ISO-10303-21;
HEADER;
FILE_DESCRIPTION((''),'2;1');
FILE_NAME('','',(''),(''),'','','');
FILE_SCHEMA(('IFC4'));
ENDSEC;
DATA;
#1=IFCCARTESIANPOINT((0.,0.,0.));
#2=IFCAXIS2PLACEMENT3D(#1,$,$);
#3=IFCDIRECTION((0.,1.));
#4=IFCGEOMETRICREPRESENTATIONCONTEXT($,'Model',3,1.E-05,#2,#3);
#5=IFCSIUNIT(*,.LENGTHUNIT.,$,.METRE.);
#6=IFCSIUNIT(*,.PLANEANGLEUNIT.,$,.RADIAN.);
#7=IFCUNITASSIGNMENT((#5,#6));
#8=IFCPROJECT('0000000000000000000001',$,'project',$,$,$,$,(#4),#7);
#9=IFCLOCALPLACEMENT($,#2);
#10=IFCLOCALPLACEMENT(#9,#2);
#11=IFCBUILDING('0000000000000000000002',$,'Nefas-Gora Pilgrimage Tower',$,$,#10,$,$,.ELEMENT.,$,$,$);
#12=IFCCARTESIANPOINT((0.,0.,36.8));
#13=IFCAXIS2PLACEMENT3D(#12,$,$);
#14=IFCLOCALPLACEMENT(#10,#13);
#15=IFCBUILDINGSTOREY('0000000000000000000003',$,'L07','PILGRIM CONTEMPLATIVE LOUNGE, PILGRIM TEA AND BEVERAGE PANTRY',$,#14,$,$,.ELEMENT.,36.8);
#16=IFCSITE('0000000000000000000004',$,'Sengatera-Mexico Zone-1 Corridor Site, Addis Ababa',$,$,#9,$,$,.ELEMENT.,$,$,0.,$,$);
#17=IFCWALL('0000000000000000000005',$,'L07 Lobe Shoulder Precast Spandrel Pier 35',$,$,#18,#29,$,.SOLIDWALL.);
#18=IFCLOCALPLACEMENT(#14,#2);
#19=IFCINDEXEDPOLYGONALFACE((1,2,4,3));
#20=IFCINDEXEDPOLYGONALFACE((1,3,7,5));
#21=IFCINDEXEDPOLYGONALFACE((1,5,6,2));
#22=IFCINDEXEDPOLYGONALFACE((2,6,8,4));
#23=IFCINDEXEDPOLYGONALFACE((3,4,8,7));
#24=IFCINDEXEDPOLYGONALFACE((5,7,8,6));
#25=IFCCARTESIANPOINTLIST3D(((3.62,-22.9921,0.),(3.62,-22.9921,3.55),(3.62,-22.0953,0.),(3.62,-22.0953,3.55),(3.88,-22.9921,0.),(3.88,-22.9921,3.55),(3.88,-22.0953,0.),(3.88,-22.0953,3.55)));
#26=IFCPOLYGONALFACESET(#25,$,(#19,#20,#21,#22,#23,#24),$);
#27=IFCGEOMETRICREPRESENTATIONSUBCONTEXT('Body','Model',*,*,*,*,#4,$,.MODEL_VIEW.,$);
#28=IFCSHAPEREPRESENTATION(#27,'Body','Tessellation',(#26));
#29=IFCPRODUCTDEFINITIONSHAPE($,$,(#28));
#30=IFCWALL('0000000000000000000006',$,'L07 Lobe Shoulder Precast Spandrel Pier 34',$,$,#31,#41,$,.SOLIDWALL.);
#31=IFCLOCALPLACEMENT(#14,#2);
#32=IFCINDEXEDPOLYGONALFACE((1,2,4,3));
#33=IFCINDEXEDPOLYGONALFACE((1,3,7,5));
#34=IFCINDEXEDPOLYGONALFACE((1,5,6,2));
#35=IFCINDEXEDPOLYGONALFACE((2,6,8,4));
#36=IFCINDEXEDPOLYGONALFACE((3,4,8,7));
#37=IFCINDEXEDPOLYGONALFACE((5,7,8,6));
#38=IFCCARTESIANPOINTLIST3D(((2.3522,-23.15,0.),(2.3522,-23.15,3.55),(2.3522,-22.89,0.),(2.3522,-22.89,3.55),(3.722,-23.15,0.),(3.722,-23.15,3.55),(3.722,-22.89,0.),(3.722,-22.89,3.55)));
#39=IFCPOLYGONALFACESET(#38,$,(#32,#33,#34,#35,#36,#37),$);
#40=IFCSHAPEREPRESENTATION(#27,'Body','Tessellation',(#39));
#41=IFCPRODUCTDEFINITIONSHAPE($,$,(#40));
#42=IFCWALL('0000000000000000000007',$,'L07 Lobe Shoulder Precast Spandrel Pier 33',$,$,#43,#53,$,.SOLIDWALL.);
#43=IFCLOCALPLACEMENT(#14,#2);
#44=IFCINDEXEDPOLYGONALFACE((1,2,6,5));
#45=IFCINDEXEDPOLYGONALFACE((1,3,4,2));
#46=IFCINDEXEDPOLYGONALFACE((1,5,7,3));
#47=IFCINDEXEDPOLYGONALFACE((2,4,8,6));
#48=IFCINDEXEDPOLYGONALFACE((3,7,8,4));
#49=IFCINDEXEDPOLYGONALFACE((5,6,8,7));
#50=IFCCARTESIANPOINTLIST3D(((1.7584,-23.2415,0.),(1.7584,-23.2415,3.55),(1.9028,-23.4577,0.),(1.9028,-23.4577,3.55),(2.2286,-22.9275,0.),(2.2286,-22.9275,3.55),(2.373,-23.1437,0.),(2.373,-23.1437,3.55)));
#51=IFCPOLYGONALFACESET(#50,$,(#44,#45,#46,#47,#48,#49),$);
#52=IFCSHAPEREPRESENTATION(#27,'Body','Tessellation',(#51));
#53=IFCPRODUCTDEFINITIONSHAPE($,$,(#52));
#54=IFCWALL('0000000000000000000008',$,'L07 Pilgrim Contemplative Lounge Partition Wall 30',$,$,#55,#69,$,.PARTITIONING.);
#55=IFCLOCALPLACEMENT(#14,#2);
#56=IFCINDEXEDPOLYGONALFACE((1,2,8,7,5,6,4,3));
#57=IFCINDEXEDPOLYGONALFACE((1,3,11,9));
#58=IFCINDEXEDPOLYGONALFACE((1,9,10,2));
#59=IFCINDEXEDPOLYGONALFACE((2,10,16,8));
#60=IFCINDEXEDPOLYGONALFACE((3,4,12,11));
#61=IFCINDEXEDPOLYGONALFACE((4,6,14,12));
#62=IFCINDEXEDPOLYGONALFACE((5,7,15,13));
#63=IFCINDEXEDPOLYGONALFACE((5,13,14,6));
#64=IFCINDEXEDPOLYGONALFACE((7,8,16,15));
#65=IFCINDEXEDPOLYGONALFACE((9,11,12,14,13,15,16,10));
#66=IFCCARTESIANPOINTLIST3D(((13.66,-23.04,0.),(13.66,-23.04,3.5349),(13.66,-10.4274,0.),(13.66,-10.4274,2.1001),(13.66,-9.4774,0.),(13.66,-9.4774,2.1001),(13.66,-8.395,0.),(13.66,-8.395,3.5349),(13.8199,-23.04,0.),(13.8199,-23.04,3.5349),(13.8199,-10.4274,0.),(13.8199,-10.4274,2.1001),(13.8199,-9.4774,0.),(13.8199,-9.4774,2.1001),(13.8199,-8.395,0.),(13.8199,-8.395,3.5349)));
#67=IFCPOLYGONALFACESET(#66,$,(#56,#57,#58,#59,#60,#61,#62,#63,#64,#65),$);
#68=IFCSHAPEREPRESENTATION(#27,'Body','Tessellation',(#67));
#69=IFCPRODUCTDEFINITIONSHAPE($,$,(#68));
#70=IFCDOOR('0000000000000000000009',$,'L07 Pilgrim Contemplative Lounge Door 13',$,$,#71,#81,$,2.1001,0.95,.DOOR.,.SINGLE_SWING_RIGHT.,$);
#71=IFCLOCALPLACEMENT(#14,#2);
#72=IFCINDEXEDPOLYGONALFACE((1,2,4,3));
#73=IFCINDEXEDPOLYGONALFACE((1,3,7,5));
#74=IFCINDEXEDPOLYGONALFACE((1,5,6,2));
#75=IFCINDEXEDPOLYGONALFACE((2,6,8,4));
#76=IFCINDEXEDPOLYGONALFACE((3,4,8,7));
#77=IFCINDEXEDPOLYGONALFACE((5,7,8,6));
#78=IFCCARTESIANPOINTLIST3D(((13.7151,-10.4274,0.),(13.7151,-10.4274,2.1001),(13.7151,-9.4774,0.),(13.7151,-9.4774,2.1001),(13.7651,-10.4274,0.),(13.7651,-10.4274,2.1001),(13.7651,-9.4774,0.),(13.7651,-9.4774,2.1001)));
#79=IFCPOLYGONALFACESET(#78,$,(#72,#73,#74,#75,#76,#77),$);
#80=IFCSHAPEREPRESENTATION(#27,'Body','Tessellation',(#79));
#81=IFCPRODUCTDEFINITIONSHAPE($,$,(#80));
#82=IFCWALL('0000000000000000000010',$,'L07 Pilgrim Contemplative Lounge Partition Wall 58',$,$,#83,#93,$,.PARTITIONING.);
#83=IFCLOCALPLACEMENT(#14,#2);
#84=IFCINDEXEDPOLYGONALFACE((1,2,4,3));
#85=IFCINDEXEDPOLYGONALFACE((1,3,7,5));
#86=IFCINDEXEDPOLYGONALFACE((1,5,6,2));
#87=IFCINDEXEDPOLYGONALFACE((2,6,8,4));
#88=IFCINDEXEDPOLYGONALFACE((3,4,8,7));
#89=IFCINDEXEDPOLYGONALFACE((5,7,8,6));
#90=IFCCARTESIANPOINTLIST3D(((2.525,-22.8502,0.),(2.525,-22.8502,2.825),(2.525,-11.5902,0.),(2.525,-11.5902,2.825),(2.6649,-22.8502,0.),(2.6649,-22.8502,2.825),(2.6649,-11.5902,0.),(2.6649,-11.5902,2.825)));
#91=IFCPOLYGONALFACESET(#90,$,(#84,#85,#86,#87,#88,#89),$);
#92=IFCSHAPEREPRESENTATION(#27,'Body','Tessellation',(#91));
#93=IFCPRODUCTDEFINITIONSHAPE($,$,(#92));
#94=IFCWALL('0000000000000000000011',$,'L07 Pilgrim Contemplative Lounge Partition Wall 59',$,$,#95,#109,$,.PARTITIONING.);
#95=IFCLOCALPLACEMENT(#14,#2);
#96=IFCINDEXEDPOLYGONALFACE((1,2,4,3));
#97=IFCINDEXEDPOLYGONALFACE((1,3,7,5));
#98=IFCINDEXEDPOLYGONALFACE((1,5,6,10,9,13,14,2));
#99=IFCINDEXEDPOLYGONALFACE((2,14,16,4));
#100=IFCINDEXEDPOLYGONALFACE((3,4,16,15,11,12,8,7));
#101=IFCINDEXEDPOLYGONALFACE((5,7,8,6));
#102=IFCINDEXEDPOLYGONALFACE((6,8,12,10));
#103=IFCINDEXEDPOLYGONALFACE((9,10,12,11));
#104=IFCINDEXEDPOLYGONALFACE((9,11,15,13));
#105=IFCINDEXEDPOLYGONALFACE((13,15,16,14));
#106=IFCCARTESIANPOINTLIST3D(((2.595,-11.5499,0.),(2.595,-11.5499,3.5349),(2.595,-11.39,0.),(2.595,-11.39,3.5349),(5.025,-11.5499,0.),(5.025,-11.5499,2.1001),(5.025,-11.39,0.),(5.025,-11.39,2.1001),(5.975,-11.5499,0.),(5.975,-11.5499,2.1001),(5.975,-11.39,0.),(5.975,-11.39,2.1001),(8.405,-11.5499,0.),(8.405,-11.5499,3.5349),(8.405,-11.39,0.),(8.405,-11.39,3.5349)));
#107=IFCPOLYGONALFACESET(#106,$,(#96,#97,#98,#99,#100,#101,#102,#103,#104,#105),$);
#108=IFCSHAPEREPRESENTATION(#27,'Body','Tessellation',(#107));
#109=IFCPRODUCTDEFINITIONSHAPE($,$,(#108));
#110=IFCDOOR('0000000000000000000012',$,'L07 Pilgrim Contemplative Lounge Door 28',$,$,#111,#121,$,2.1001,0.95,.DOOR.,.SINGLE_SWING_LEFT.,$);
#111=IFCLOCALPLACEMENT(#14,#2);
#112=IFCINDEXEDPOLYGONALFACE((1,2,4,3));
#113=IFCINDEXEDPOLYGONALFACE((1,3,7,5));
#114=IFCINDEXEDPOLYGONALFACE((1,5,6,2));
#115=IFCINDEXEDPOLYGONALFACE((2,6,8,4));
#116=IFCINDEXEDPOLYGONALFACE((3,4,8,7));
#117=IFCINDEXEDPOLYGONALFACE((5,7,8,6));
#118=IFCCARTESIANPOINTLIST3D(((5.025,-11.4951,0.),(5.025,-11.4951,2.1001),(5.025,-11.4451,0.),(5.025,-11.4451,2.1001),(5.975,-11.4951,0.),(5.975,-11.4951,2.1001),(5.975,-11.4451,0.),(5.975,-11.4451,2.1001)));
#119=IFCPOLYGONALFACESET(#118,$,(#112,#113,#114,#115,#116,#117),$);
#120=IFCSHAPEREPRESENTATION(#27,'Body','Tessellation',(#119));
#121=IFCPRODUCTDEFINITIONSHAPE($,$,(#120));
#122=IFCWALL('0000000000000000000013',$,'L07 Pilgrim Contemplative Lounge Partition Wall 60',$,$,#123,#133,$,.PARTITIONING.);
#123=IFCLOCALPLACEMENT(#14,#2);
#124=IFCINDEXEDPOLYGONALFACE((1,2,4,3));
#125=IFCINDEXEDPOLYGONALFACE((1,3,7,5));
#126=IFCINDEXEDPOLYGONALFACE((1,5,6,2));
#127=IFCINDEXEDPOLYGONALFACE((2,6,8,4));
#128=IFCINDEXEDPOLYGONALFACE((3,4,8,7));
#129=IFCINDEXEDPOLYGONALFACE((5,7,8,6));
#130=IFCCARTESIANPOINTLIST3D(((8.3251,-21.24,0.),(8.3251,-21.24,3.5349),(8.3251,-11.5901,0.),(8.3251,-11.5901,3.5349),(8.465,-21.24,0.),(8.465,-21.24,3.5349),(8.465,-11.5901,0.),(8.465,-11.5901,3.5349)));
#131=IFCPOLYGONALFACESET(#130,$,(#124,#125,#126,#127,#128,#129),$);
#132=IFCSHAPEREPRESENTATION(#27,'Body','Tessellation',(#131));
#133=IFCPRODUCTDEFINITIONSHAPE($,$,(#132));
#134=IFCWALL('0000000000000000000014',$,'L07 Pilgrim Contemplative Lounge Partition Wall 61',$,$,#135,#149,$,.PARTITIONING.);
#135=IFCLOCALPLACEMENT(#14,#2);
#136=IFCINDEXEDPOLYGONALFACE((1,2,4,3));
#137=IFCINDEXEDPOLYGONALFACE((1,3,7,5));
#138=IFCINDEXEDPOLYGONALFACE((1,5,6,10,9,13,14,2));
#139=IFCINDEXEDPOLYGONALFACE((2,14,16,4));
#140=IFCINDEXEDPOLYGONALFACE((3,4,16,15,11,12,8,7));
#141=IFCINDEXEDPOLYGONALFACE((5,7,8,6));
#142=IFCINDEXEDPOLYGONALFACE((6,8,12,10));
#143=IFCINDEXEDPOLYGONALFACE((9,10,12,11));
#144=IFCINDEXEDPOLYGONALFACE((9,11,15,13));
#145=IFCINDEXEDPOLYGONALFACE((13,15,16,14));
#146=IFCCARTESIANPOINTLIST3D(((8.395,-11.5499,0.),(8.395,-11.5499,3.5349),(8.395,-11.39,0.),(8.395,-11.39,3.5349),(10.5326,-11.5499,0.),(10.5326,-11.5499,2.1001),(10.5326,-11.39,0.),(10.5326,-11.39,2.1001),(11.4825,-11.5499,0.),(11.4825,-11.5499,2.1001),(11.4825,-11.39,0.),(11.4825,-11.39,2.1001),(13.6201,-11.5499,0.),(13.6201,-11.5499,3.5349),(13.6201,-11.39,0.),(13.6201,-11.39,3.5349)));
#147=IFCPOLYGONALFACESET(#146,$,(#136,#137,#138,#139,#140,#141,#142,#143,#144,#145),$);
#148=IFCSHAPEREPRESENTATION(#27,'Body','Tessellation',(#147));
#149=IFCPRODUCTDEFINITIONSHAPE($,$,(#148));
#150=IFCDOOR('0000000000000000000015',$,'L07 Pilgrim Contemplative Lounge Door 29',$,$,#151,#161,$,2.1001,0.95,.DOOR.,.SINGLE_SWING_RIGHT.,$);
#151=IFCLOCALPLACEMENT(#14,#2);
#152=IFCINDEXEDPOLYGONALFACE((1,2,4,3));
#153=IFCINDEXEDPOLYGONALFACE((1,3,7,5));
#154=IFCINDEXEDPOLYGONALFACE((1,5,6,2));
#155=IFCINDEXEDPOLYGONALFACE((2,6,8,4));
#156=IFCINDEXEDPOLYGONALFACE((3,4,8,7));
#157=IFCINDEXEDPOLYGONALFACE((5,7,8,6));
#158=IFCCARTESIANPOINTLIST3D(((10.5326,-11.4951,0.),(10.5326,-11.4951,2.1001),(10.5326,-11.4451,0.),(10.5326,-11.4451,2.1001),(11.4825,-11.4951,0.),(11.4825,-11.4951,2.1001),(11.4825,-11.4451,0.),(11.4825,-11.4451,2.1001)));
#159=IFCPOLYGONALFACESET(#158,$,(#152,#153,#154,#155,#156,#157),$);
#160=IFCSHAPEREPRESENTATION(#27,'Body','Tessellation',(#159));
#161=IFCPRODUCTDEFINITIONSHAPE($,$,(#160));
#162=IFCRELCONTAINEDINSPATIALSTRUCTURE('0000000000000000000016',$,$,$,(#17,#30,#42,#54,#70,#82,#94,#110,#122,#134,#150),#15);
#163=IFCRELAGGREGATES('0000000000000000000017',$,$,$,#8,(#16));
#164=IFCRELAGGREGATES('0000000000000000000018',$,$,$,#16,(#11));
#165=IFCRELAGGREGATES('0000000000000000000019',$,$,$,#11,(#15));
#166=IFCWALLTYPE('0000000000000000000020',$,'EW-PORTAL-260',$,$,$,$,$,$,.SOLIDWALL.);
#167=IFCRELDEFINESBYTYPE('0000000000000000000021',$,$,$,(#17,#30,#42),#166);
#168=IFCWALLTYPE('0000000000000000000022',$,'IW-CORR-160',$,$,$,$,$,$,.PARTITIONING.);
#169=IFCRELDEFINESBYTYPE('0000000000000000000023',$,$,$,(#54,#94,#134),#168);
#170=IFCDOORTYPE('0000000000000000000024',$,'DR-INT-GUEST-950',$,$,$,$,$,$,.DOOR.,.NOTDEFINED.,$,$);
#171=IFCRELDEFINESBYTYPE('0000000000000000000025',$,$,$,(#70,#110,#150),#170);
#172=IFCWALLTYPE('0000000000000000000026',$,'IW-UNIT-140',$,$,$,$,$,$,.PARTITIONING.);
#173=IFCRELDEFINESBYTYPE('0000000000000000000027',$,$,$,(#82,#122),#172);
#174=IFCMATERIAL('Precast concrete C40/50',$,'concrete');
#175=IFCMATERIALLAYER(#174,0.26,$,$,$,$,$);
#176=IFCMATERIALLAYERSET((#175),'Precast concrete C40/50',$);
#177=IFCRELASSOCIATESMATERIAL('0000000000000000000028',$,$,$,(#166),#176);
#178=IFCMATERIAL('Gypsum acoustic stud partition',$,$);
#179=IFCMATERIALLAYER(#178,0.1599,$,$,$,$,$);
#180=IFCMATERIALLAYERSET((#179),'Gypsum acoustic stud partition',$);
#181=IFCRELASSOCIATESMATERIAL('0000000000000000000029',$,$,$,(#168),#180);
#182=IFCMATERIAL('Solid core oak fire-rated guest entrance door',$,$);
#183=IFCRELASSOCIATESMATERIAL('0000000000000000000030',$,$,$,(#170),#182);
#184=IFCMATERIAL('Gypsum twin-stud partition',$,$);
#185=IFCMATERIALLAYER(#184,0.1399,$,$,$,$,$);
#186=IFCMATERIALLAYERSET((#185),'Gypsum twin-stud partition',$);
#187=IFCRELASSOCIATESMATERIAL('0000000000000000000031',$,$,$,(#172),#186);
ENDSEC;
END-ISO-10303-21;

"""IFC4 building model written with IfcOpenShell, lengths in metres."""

from ifc_helpers import new_model, si_unit, direction, frame, frame_2d, origin, place, context, subcontext, project, spatial, rectangle, extrude, source, transform, mapped, material, layer, layer_set, type_object, element, fill, save


model = new_model("IFC4")

# Units and contexts
model_context = context("Model", 3, precision=1e-05, world=origin(), true_north=direction((0.0, 1.0)))
body_context = subcontext(model_context, "Body", "Model", "MODEL_VIEW")
ifc_project = project(units=[si_unit("LENGTHUNIT", "METRE"), si_unit("PLANEANGLEUNIT", "RADIAN")], contexts=[model_context])

# Site, building, storey
site_placement = place(None, origin())
site = spatial("IfcSite", under=ifc_project, at=site_placement, Name="Sengatera-Mexico Zone-1 Corridor Site, Addis Ababa", CompositionType="ELEMENT", RefElevation=0.0)
building_placement = place(site_placement, origin())
building = spatial("IfcBuilding", under=site, at=building_placement, Name="Nefas-Gora Pilgrimage Tower", CompositionType="ELEMENT")
storey_placement = place(building_placement, frame((0.0, 0.0, 36.8)))
storey = spatial("IfcBuildingStorey", under=building, at=storey_placement, Name="L07", Description="PILGRIM CONTEMPLATIVE LOUNGE, PILGRIM TEA AND BEVERAGE PANTRY", CompositionType="ELEMENT", Elevation=36.8)

# Walls
ifc_material_1 = material(Name="Precast concrete C40/50", Category="concrete")
ifc_layer_1 = layer(ifc_material_1, 0.26)
ifc_layer_set_1 = layer_set([ifc_layer_1], Name="Precast concrete C40/50")
wall_type_1 = type_object("IfcWallType", Name="EW-PORTAL-260", PredefinedType="SOLIDWALL", material=ifc_layer_set_1)
shared_shape_1 = source(origin(), body_context, "Body", "SweptSolid", [
    extrude(rectangle(XDim=0.8967, YDim=0.26, at=frame_2d((0.4482, 0.0))), origin(), (0.0, 0.0, 1.0), 3.55),
])
wall_1_placement = place(storey_placement, frame((3.75, -22.9919, 0.0), z_axis=(0.0, 0.0, 1.0), x_axis=(0.0, 1.0, 0.0)))
element("IfcWall", 1, at=wall_1_placement, inside=storey, type_object=wall_type_1, Name="L07 Lobe Shoulder Precast Spandrel Pier 35", PredefinedType="SOLIDWALL", context=body_context, shape_type="MappedRepresentation", body=[
    mapped(shared_shape_1, transform((0.0, 0.0, 0.0), x_axis=(1.0, 0.0, 0.0), y_axis=(0.0, 1.0, 0.0), z_axis=(0.0, 0.0, 1.0), scale=1.0)),
])
shared_shape_2 = source(origin(), body_context, "Body", "SweptSolid", [
    extrude(rectangle(XDim=1.3699, YDim=0.26, at=frame_2d((0.6851, 0.0))), origin(), (0.0, 0.0, 1.0), 3.55),
])
wall_2_placement = place(storey_placement, frame((2.3521, -23.02, 0.0), z_axis=(0.0, 0.0, 1.0), x_axis=(1.0, 0.0, 0.0)))
element("IfcWall", 2, at=wall_2_placement, inside=storey, type_object=wall_type_1, Name="L07 Lobe Shoulder Precast Spandrel Pier 34", PredefinedType="SOLIDWALL", context=body_context, shape_type="MappedRepresentation", body=[
    mapped(shared_shape_2, transform((0.0, 0.0, 0.0), x_axis=(1.0, 0.0, 0.0), y_axis=(0.0, 1.0, 0.0), z_axis=(0.0, 0.0, 1.0), scale=1.0)),
])
shared_shape_3 = source(origin(), body_context, "Body", "SweptSolid", [
    extrude(rectangle(XDim=0.5654, YDim=0.26, at=frame_2d((0.2827, 0.0))), origin(), (0.0, 0.0, 1.0), 3.55),
])
wall_3_placement = place(storey_placement, frame((1.8306, -23.3496, 0.0), z_axis=(0.0, 0.0, 1.0), x_axis=(0.831651, 0.555298, 0.0)))
element("IfcWall", 3, at=wall_3_placement, inside=storey, type_object=wall_type_1, Name="L07 Lobe Shoulder Precast Spandrel Pier 33", PredefinedType="SOLIDWALL", context=body_context, shape_type="MappedRepresentation", body=[
    mapped(shared_shape_3, transform((0.0, 0.0, 0.0), x_axis=(1.0, 0.0, 0.0), y_axis=(0.0, 1.0, 0.0), z_axis=(0.0, 0.0, 1.0), scale=1.0)),
])

# Wall, opening, door
ifc_material_2 = material(Name="Gypsum acoustic stud partition")
ifc_layer_2 = layer(ifc_material_2, 0.1599)
ifc_layer_set_2 = layer_set([ifc_layer_2], Name="Gypsum acoustic stud partition")
wall_type_2 = type_object("IfcWallType", Name="IW-CORR-160", PredefinedType="PARTITIONING", material=ifc_layer_set_2)
shared_shape_4 = source(origin(), body_context, "Body", "SweptSolid", [
    extrude(rectangle(XDim=14.645, YDim=0.1599, at=frame_2d((7.3225, 0.0))), origin(), (0.0, 0.0, 1.0), 3.5349),
])
wall_4_placement = place(storey_placement, frame((13.74, -23.04, 0.0), z_axis=(0.0, 0.0, 1.0), x_axis=(0.0, 1.0, 0.0)))
wall_4 = element("IfcWall", 4, at=wall_4_placement, inside=storey, type_object=wall_type_2, Name="L07 Pilgrim Contemplative Lounge Partition Wall 30", PredefinedType="PARTITIONING", context=body_context, shape_type="MappedRepresentation", body=[
    mapped(shared_shape_4, transform((0.0, 0.0, 0.0), x_axis=(1.0, 0.0, 0.0), y_axis=(0.0, 1.0, 0.0), z_axis=(0.0, 0.0, 1.0), scale=1.0)),
])
opening_1_placement = place(wall_4_placement, frame((12.6125, 0.0, 0.0)))
opening_1 = element("IfcOpeningElement", 5, at=opening_1_placement, cuts=wall_4, PredefinedType="OPENING", context=body_context, shape_type="SweptSolid", body=[
    extrude(rectangle(XDim=0.95, YDim=2.1001, at=frame_2d((0.4751, 1.05))), frame((0.0, 0.0898, 0.0), z_axis=(0.0, -1.0, 0.0), x_axis=(1.0, 0.0, 0.0)), (0.0, 0.0, 1.0), 0.1799),
])
ifc_material_3 = material(Name="Solid core oak fire-rated guest entrance door")
door_type = type_object("IfcDoorType", Name="DR-INT-GUEST-950", OperationType="NOTDEFINED", PredefinedType="DOOR", material=ifc_material_3)
shared_shape_5 = source(origin(), body_context, "Body", "SweptSolid", [
    extrude(rectangle(XDim=0.95, YDim=2.1001, at=frame_2d((0.4751, 1.05))), frame((0.0, 0.0249, 0.0), z_axis=(0.0, -1.0, 0.0), x_axis=(1.0, 0.0, 0.0)), (0.0, 0.0, 1.0), 0.05),
])
door_1_placement = place(opening_1_placement, origin())
door_1 = element("IfcDoor", 6, at=door_1_placement, inside=storey, type_object=door_type, Name="L07 Pilgrim Contemplative Lounge Door 13", OperationType="SINGLE_SWING_RIGHT", OverallHeight=2.1001, OverallWidth=0.95, PredefinedType="DOOR", context=body_context, shape_type="MappedRepresentation", body=[
    mapped(shared_shape_5, transform((0.0, 0.0, 0.0), x_axis=(1.0, 0.0, 0.0), y_axis=(0.0, 1.0, 0.0), z_axis=(0.0, 0.0, 1.0), scale=1.0)),
])
fill(opening_1, door_1)

# Wall
ifc_material_4 = material(Name="Gypsum twin-stud partition")
ifc_layer_3 = layer(ifc_material_4, 0.1399)
ifc_layer_set_3 = layer_set([ifc_layer_3], Name="Gypsum twin-stud partition")
wall_type_3 = type_object("IfcWallType", Name="IW-UNIT-140", PredefinedType="PARTITIONING", material=ifc_layer_set_3)
shared_shape_6 = source(origin(), body_context, "Body", "SweptSolid", [
    extrude(rectangle(XDim=11.26, YDim=0.1399, at=frame_2d((5.6299, 0.0))), origin(), (0.0, 0.0, 1.0), 2.825),
])
wall_5_placement = place(storey_placement, frame((2.595, -22.8501, 0.0), z_axis=(0.0, 0.0, 1.0), x_axis=(0.0, 1.0, 0.0)))
element("IfcWall", 7, at=wall_5_placement, inside=storey, type_object=wall_type_3, Name="L07 Pilgrim Contemplative Lounge Partition Wall 58", PredefinedType="PARTITIONING", context=body_context, shape_type="MappedRepresentation", body=[
    mapped(shared_shape_6, transform((0.0, 0.0, 0.0), x_axis=(1.0, 0.0, 0.0), y_axis=(0.0, 1.0, 0.0), z_axis=(0.0, 0.0, 1.0), scale=1.0)),
])

# Wall, opening, door
shared_shape_7 = source(origin(), body_context, "Body", "SweptSolid", [
    extrude(rectangle(XDim=5.8101, YDim=0.1599, at=frame_2d((2.905, 0.0))), origin(), (0.0, 0.0, 1.0), 3.5349),
])
wall_6_placement = place(storey_placement, frame((2.595, -11.47, 0.0), z_axis=(0.0, 0.0, 1.0), x_axis=(1.0, 0.0, 0.0)))
wall_6 = element("IfcWall", 8, at=wall_6_placement, inside=storey, type_object=wall_type_2, Name="L07 Pilgrim Contemplative Lounge Partition Wall 59", PredefinedType="PARTITIONING", context=body_context, shape_type="MappedRepresentation", body=[
    mapped(shared_shape_7, transform((0.0, 0.0, 0.0), x_axis=(1.0, 0.0, 0.0), y_axis=(0.0, 1.0, 0.0), z_axis=(0.0, 0.0, 1.0), scale=1.0)),
])
opening_2_placement = place(wall_6_placement, frame((2.4299, 0.0, 0.0)))
opening_2 = element("IfcOpeningElement", 9, at=opening_2_placement, cuts=wall_6, PredefinedType="OPENING", context=body_context, shape_type="SweptSolid", body=[
    extrude(rectangle(XDim=0.95, YDim=2.1001, at=frame_2d((0.4751, 1.05))), frame((0.0, 0.0898, 0.0), z_axis=(0.0, -1.0, 0.0), x_axis=(1.0, 0.0, 0.0)), (0.0, 0.0, 1.0), 0.1799),
])
door_2_placement = place(opening_2_placement, origin())
door_2 = element("IfcDoor", 10, at=door_2_placement, inside=storey, type_object=door_type, Name="L07 Pilgrim Contemplative Lounge Door 28", OperationType="SINGLE_SWING_LEFT", OverallHeight=2.1001, OverallWidth=0.95, PredefinedType="DOOR", context=body_context, shape_type="MappedRepresentation", body=[
    mapped(shared_shape_5, transform((0.0, 0.0, 0.0), x_axis=(1.0, 0.0, 0.0), y_axis=(0.0, 1.0, 0.0), z_axis=(0.0, 0.0, 1.0), scale=1.0)),
])
fill(opening_2, door_2)

# Wall
shared_shape_8 = source(origin(), body_context, "Body", "SweptSolid", [
    extrude(rectangle(XDim=9.6499, YDim=0.1399, at=frame_2d((4.825, 0.0))), origin(), (0.0, 0.0, 1.0), 3.5349),
])
wall_7_placement = place(storey_placement, frame((8.395, -21.24, 0.0), z_axis=(0.0, 0.0, 1.0), x_axis=(0.0, 1.0, 0.0)))
element("IfcWall", 11, at=wall_7_placement, inside=storey, type_object=wall_type_3, Name="L07 Pilgrim Contemplative Lounge Partition Wall 60", PredefinedType="PARTITIONING", context=body_context, shape_type="MappedRepresentation", body=[
    mapped(shared_shape_8, transform((0.0, 0.0, 0.0), x_axis=(1.0, 0.0, 0.0), y_axis=(0.0, 1.0, 0.0), z_axis=(0.0, 0.0, 1.0), scale=1.0)),
])

# Wall, opening, door
shared_shape_9 = source(origin(), body_context, "Body", "SweptSolid", [
    extrude(rectangle(XDim=5.2251, YDim=0.1599, at=frame_2d((2.6125, 0.0))), origin(), (0.0, 0.0, 1.0), 3.5349),
])
wall_8_placement = place(storey_placement, frame((8.395, -11.47, 0.0), z_axis=(0.0, 0.0, 1.0), x_axis=(1.0, 0.0, 0.0)))
wall_8 = element("IfcWall", 12, at=wall_8_placement, inside=storey, type_object=wall_type_2, Name="L07 Pilgrim Contemplative Lounge Partition Wall 61", PredefinedType="PARTITIONING", context=body_context, shape_type="MappedRepresentation", body=[
    mapped(shared_shape_9, transform((0.0, 0.0, 0.0), x_axis=(1.0, 0.0, 0.0), y_axis=(0.0, 1.0, 0.0), z_axis=(0.0, 0.0, 1.0), scale=1.0)),
])
opening_3_placement = place(wall_8_placement, frame((2.1375, 0.0, 0.0)))
opening_3 = element("IfcOpeningElement", 13, at=opening_3_placement, cuts=wall_8, PredefinedType="OPENING", context=body_context, shape_type="SweptSolid", body=[
    extrude(rectangle(XDim=0.95, YDim=2.1001, at=frame_2d((0.4751, 1.05))), frame((0.0, 0.0898, 0.0), z_axis=(0.0, -1.0, 0.0), x_axis=(1.0, 0.0, 0.0)), (0.0, 0.0, 1.0), 0.1799),
])
door_3_placement = place(opening_3_placement, origin())
door_3 = element("IfcDoor", 14, at=door_3_placement, inside=storey, type_object=door_type, Name="L07 Pilgrim Contemplative Lounge Door 29", OperationType="SINGLE_SWING_RIGHT", OverallHeight=2.1001, OverallWidth=0.95, PredefinedType="DOOR", context=body_context, shape_type="MappedRepresentation", body=[
    mapped(shared_shape_5, transform((0.0, 0.0, 0.0), x_axis=(1.0, 0.0, 0.0), y_axis=(0.0, 1.0, 0.0), z_axis=(0.0, 0.0, 1.0), scale=1.0)),
])
fill(opening_3, door_3)

save(model, "model.ifc")
